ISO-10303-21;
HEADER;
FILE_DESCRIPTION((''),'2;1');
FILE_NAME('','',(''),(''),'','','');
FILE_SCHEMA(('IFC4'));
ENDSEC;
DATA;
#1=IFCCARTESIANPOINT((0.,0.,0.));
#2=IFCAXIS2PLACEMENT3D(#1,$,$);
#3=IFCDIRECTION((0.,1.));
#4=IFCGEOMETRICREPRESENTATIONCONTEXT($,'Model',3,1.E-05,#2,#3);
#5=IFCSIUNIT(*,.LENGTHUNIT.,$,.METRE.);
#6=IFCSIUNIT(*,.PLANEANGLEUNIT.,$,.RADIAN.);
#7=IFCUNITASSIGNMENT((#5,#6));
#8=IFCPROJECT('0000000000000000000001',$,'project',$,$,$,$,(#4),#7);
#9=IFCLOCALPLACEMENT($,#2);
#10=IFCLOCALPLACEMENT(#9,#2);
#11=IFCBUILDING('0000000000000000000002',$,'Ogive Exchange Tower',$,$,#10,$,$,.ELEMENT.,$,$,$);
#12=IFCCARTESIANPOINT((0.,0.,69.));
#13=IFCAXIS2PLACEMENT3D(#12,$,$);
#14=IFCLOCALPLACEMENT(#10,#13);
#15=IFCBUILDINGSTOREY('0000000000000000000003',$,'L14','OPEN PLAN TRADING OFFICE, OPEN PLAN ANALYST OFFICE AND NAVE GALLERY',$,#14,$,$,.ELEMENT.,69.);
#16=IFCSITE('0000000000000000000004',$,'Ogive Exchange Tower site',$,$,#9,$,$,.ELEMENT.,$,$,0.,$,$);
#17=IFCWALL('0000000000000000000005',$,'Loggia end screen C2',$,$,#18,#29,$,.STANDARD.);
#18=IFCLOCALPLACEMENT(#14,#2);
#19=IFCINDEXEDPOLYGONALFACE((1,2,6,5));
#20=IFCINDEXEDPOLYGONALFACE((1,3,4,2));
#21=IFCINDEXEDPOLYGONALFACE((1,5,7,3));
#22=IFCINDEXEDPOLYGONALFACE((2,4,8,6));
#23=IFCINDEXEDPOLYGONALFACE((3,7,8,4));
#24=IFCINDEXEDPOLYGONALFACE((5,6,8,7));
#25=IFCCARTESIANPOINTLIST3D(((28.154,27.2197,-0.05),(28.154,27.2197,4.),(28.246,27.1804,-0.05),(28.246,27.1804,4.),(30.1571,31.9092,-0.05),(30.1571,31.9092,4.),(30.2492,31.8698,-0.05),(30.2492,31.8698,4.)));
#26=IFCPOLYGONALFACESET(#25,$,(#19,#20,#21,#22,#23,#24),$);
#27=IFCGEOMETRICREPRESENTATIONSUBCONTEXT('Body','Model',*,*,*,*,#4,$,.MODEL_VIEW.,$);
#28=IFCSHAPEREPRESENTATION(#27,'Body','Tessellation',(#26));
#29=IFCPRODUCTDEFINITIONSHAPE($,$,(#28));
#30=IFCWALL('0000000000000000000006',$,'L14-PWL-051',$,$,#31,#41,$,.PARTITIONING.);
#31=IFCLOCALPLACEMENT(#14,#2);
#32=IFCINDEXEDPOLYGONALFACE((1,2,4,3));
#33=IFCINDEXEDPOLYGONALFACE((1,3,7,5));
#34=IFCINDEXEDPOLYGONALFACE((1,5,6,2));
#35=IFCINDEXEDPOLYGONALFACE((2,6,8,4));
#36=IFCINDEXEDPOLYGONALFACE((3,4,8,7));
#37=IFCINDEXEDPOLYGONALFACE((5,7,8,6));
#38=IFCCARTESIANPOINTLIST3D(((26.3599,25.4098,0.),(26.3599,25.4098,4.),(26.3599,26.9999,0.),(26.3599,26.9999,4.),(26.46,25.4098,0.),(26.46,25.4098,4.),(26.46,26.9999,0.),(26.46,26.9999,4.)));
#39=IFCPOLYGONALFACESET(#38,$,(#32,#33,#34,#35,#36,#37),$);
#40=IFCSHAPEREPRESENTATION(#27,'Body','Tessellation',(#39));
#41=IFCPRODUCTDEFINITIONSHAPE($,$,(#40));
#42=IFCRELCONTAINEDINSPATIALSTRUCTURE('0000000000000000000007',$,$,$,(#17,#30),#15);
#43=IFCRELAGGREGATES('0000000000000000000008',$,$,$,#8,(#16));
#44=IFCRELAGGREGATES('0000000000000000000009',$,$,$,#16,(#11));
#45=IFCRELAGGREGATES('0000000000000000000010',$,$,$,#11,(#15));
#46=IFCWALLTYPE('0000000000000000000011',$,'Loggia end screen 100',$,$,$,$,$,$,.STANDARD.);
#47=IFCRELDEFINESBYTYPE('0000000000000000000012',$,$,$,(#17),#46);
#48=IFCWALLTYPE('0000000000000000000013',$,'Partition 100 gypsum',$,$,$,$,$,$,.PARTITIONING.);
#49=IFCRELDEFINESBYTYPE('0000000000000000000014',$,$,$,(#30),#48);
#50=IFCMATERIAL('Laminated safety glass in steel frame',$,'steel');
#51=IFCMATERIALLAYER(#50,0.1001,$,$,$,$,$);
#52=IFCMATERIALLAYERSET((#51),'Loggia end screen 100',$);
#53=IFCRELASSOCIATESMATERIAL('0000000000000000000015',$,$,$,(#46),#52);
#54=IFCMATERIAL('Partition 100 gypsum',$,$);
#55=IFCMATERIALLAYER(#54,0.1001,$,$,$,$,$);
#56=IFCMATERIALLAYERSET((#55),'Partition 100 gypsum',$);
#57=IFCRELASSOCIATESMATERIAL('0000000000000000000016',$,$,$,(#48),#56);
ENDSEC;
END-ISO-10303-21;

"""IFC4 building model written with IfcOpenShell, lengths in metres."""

from ifc_helpers import new_model, si_unit, direction, frame, frame_2d, origin, place, context, subcontext, project, spatial, rectangle, extrude, material, layer, layer_set, type_object, element, save


model = new_model("IFC4")

# Units and contexts
model_context = context("Model", 3, precision=1e-05, world=origin(), true_north=direction((0.0, 1.0)))
body_context = subcontext(model_context, "Body", "Model", "MODEL_VIEW")
ifc_project = project(units=[si_unit("LENGTHUNIT", "METRE"), si_unit("PLANEANGLEUNIT", "RADIAN")], contexts=[model_context])

# Site, building, storey
site_placement = place(None, origin())
site = spatial("IfcSite", under=ifc_project, at=site_placement, Name="Ogive Exchange Tower site", CompositionType="ELEMENT", RefElevation=0.0)
building_placement = place(site_placement, origin())
building = spatial("IfcBuilding", under=site, at=building_placement, Name="Ogive Exchange Tower", CompositionType="ELEMENT")
storey_placement = place(building_placement, frame((0.0, 0.0, 69.0)))
storey = spatial("IfcBuildingStorey", under=building, at=storey_placement, Name="L14", Description="OPEN PLAN TRADING OFFICE, OPEN PLAN ANALYST OFFICE AND NAVE GALLERY", CompositionType="ELEMENT", Elevation=69.0)

# Walls
ifc_material_1 = material(Name="Laminated safety glass in steel frame", Category="steel")
ifc_layer_1 = layer(ifc_material_1, 0.1001)
ifc_layer_set_1 = layer_set([ifc_layer_1], Name="Loggia end screen 100")
wall_type_1 = type_object("IfcWallType", Name="Loggia end screen 100", PredefinedType="STANDARD", material=ifc_layer_set_1)
wall_1_placement = place(storey_placement, frame((28.2, 27.2, -0.05), z_axis=(0.0, 0.0, 1.0), x_axis=(0.392827, 0.919612, 0.0)))
element("IfcWall", 1, at=wall_1_placement, inside=storey, type_object=wall_type_1, Name="Loggia end screen C2", PredefinedType="STANDARD", context=body_context, shape_type="SweptSolid", body=[
    extrude(rectangle(XDim=5.0994, YDim=0.1001, at=frame_2d((2.5498, 0.0))), origin(), (0.0, 0.0, 1.0), 4.05),
])
ifc_material_2 = material(Name="Partition 100 gypsum")
ifc_layer_2 = layer(ifc_material_2, 0.1001)
ifc_layer_set_2 = layer_set([ifc_layer_2], Name="Partition 100 gypsum")
wall_type_2 = type_object("IfcWallType", Name="Partition 100 gypsum", PredefinedType="PARTITIONING", material=ifc_layer_set_2)
wall_2_placement = place(storey_placement, frame((26.4099, 25.4099, 0.0), z_axis=(0.0, 0.0, 1.0), x_axis=(0.0, 1.0, 0.0)))
element("IfcWall", 2, at=wall_2_placement, inside=storey, type_object=wall_type_2, Name="L14-PWL-051", PredefinedType="PARTITIONING", context=body_context, shape_type="SweptSolid", body=[
    extrude(rectangle(XDim=1.5901, YDim=0.1001, at=frame_2d((0.7949, 0.0))), origin(), (0.0, 0.0, 1.0), 4.0),
])

save(model, "model.ifc")
